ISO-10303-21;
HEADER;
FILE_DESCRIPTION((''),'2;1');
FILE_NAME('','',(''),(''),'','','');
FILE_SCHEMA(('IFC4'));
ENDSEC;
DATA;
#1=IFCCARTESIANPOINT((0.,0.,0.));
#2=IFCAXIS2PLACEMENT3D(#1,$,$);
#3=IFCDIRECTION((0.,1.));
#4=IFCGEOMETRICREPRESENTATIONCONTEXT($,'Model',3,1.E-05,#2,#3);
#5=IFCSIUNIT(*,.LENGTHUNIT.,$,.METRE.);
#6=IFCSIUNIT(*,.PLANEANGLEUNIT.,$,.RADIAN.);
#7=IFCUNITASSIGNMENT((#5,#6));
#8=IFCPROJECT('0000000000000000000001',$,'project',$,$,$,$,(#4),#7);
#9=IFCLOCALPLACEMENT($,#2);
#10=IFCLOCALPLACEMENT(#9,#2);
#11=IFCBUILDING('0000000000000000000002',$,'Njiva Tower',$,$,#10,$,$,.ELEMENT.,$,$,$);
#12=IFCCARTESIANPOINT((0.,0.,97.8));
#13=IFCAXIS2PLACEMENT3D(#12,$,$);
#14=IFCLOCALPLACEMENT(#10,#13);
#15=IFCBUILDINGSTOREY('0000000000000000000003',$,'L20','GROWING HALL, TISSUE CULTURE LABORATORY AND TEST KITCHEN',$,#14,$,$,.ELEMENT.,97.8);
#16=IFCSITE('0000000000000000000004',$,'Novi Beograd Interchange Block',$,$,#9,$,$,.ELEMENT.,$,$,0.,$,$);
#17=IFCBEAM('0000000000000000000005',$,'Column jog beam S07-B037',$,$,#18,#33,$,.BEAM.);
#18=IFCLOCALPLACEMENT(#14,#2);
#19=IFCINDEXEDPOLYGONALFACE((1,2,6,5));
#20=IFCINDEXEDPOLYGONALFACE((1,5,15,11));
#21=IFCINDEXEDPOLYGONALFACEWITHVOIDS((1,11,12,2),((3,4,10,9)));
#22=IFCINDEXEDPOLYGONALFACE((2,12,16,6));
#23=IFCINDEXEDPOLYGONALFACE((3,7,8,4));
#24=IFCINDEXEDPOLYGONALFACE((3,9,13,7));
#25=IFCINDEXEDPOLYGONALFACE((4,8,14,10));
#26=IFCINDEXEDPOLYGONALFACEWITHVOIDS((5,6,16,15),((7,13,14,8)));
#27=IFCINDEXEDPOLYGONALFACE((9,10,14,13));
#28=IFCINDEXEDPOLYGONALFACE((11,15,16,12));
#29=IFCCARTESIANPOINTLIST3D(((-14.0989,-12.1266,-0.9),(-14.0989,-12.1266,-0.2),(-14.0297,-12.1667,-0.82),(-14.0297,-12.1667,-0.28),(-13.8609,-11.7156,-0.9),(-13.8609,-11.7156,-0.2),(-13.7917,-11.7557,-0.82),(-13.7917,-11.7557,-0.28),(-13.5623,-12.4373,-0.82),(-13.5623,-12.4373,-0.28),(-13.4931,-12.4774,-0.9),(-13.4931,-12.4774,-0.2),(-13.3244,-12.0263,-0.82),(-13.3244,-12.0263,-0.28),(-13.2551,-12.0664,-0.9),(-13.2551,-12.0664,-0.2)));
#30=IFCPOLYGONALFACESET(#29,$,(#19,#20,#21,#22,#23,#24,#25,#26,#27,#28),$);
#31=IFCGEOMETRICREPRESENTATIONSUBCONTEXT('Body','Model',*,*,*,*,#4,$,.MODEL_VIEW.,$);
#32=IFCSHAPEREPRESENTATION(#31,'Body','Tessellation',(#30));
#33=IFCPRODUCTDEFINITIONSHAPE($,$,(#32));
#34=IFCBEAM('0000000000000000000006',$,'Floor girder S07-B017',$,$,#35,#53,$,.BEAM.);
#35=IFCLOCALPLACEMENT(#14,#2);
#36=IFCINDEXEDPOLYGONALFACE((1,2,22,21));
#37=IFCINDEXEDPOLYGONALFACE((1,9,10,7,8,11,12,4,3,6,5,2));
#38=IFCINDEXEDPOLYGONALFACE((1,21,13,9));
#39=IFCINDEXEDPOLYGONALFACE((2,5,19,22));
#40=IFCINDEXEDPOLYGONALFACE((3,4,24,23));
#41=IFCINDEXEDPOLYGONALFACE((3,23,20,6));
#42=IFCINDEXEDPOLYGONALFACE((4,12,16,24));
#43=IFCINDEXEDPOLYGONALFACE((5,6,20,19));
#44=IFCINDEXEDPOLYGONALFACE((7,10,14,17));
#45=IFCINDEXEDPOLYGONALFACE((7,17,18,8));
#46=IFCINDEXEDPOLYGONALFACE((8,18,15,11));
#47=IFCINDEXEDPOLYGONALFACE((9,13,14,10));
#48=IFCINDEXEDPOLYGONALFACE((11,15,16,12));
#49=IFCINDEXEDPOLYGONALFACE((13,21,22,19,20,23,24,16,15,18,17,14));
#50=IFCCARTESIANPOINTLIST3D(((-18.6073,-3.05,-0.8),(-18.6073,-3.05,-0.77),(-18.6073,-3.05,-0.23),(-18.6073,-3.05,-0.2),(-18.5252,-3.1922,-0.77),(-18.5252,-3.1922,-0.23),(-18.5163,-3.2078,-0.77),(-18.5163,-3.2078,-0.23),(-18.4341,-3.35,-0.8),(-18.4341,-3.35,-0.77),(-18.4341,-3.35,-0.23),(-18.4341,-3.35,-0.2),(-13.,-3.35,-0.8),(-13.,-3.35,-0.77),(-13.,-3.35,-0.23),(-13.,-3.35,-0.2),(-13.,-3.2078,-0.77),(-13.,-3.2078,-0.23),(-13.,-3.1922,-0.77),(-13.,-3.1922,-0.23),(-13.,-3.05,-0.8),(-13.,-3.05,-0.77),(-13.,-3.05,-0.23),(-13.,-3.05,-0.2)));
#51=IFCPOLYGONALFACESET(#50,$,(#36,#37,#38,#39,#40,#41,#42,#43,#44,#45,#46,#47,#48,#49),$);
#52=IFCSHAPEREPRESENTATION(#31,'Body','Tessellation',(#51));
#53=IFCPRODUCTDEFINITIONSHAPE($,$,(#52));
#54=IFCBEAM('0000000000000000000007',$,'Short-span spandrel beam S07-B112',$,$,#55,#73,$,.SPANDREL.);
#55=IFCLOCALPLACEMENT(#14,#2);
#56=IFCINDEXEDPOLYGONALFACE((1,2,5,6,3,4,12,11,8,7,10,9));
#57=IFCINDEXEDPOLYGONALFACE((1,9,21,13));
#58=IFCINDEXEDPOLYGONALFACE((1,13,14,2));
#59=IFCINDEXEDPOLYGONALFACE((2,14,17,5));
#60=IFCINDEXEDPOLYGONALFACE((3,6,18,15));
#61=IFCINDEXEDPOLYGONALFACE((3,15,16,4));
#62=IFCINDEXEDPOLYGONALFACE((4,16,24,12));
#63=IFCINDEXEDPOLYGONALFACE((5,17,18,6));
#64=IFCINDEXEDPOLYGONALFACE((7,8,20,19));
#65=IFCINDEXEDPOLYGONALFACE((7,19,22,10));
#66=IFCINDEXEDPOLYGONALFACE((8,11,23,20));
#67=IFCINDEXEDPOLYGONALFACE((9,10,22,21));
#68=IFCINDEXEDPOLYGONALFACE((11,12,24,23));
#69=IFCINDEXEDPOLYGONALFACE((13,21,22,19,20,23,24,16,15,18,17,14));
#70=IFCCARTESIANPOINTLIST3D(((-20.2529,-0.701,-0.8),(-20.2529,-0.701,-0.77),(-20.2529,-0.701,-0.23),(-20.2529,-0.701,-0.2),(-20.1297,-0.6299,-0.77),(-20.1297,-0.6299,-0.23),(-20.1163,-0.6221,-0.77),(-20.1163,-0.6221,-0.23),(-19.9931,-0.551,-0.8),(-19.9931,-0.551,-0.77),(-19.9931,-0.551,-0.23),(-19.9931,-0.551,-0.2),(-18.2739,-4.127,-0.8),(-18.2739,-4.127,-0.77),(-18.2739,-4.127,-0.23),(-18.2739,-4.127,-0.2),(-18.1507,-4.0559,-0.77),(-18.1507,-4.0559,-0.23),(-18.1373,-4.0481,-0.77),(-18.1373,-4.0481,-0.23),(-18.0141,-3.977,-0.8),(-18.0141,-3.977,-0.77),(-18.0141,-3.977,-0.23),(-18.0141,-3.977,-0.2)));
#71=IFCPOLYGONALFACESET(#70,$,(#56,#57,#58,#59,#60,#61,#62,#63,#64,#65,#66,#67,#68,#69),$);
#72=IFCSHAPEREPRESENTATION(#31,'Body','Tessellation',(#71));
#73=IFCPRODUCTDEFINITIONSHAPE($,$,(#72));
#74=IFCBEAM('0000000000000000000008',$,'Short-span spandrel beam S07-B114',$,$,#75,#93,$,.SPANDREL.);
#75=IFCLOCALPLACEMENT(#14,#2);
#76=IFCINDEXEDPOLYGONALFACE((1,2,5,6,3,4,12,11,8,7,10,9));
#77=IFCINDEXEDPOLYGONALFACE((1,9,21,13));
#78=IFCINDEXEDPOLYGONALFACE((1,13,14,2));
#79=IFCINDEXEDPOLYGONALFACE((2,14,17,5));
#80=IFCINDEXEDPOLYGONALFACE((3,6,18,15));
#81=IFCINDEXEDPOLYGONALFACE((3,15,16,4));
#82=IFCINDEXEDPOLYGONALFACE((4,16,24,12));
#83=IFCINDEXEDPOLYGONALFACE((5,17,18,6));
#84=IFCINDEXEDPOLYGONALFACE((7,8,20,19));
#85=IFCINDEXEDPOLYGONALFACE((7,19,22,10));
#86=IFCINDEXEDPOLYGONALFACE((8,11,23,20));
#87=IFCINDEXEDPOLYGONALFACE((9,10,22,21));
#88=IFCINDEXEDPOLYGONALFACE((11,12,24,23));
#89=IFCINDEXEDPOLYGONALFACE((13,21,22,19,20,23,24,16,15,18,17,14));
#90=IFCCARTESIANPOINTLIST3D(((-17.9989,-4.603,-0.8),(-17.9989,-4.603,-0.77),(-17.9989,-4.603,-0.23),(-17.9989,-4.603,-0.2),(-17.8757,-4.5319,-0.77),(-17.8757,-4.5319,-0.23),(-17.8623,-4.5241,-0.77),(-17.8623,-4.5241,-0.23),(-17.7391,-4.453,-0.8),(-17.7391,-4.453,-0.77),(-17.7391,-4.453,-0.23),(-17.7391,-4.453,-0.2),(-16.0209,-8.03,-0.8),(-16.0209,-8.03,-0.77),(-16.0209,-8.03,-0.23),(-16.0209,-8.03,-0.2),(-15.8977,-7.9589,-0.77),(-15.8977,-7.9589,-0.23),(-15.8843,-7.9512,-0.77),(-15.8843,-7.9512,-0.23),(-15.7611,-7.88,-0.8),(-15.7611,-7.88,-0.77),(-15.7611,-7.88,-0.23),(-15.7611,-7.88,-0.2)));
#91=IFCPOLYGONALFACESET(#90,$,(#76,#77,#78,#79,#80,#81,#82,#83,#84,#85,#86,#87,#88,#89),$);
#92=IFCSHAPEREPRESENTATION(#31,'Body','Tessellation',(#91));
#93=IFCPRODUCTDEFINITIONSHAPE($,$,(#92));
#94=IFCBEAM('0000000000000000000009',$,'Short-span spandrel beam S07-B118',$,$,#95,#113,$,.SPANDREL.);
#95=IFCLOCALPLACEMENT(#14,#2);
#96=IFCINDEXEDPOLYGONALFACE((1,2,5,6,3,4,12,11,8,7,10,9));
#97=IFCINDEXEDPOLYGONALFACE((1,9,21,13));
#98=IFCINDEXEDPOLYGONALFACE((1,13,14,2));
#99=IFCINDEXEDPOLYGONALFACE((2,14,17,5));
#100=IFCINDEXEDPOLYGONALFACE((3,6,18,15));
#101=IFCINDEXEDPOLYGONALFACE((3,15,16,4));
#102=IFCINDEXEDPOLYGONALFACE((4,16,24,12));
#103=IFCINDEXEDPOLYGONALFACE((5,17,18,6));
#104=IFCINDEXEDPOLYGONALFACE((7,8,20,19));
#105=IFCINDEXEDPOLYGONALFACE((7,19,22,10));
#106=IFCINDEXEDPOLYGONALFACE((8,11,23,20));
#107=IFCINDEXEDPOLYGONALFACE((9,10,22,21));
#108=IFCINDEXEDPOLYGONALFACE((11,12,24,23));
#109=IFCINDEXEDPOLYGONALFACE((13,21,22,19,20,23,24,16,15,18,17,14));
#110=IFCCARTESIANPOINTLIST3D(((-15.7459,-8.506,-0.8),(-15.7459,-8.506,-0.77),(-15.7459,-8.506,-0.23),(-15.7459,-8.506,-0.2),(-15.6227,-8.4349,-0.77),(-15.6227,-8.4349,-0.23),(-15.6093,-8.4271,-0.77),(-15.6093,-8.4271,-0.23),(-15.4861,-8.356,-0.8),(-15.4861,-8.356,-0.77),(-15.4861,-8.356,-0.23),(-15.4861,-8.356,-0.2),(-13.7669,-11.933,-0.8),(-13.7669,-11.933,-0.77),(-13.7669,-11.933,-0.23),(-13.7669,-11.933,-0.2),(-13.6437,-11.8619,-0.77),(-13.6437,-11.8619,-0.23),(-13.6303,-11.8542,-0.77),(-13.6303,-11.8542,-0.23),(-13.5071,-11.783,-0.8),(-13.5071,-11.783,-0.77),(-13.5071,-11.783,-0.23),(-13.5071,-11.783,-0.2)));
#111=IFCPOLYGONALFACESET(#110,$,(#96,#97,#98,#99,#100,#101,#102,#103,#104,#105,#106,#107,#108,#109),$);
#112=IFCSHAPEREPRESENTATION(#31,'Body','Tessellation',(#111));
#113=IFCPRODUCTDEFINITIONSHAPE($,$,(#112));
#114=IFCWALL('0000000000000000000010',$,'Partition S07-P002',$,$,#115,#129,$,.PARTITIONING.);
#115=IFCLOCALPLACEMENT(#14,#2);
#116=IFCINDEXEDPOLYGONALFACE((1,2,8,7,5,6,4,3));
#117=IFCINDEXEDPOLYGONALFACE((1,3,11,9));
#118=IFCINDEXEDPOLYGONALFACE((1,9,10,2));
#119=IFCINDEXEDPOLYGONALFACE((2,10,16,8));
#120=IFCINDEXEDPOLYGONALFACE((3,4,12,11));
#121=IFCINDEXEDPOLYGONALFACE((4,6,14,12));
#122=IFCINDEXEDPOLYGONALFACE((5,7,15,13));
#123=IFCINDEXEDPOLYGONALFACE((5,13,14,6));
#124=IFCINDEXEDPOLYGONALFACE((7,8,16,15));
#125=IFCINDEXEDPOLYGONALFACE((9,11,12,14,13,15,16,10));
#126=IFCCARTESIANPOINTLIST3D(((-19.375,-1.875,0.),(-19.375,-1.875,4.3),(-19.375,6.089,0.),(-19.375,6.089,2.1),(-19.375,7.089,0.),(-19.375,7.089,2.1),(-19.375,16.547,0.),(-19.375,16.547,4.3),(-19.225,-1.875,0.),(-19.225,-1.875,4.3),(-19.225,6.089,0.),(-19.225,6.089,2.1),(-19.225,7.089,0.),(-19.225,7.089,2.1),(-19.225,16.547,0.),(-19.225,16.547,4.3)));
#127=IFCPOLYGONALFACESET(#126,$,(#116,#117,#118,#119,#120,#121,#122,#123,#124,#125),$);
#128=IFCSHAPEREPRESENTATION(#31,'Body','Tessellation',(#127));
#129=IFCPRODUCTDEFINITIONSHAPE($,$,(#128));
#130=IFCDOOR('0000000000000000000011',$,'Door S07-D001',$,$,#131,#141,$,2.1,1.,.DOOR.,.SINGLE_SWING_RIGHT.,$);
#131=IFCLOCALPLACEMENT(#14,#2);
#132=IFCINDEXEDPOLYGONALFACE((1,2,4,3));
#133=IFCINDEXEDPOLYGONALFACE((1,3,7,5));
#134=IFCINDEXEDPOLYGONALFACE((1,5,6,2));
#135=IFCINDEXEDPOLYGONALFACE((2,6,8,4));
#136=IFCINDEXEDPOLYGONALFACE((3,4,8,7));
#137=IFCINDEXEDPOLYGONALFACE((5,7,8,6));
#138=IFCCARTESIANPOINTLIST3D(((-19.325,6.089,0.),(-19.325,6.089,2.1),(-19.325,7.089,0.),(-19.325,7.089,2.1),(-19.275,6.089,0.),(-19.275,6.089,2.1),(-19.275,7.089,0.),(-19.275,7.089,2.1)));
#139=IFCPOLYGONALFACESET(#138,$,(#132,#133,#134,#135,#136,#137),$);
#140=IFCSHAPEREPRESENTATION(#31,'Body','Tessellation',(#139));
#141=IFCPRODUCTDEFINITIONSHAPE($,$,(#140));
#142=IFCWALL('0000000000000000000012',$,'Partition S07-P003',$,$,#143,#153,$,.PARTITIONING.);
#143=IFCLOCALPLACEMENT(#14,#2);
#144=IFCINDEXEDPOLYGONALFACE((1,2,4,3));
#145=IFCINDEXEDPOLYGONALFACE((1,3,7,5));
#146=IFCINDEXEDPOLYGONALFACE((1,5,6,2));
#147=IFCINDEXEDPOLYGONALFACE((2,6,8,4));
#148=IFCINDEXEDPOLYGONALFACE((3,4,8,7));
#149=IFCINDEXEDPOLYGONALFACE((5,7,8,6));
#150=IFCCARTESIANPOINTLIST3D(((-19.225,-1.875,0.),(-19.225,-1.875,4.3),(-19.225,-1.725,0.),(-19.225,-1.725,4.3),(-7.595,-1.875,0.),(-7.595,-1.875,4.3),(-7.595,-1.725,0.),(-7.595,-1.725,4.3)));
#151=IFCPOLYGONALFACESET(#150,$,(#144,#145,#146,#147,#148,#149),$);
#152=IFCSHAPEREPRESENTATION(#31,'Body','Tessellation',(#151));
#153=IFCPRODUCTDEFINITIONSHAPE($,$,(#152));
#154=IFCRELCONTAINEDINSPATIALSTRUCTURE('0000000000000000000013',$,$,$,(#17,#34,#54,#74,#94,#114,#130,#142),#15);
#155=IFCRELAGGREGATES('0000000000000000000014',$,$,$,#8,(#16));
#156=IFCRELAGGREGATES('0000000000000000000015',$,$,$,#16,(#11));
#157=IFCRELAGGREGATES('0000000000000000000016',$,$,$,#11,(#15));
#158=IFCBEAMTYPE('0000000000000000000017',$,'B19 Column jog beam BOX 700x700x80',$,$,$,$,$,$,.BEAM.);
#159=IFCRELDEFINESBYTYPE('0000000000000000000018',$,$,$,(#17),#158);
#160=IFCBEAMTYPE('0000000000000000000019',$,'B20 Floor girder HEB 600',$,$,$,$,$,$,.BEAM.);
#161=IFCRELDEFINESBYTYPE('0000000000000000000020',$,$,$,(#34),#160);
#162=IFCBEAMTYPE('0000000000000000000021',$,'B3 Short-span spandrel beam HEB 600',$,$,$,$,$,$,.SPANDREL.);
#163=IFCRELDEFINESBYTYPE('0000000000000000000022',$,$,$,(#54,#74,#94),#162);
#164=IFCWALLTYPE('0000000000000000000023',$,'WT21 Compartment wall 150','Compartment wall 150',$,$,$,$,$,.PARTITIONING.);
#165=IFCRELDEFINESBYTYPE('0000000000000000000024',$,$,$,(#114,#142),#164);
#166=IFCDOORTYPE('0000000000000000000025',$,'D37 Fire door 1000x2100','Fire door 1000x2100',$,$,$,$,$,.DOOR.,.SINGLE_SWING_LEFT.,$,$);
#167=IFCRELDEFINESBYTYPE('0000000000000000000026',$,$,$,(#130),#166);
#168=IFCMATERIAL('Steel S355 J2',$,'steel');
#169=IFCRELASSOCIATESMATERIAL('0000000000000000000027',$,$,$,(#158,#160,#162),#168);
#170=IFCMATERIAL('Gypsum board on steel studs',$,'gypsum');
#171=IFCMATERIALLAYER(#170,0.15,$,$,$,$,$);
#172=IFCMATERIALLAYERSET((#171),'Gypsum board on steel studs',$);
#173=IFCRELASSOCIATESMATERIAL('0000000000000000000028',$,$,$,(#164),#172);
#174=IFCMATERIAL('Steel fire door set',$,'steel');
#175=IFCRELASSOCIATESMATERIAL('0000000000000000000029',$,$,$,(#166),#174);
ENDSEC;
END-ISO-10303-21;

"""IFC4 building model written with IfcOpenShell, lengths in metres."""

from ifc_helpers import new_model, si_unit, direction, frame, frame_2d, origin, origin_2d, place, context, subcontext, project, spatial, rectangle, hollow_rectangle, i_section, extrude, clip, halfspace, material, layer, layer_set, material_profile, profile_set, type_object, element, fill, save


model = new_model("IFC4")

# Units and contexts
model_context = context("Model", 3, precision=1e-05, world=origin(), true_north=direction((0.0, 1.0)))
body_context = subcontext(model_context, "Body", "Model", "MODEL_VIEW")
ifc_project = project(units=[si_unit("LENGTHUNIT", "METRE"), si_unit("PLANEANGLEUNIT", "RADIAN")], contexts=[model_context])

# Site, building, storey
site_placement = place(None, origin())
site = spatial("IfcSite", under=ifc_project, at=site_placement, Name="Novi Beograd Interchange Block", CompositionType="ELEMENT", RefElevation=0.0)
building_placement = place(site_placement, origin())
building = spatial("IfcBuilding", under=site, at=building_placement, Name="Njiva Tower", CompositionType="ELEMENT")
storey_placement = place(building_placement, frame((0.0, 0.0, 97.8)))
storey = spatial("IfcBuildingStorey", under=building, at=storey_placement, Name="L20", Description="GROWING HALL, TISSUE CULTURE LABORATORY AND TEST KITCHEN", CompositionType="ELEMENT", Elevation=97.8)

# Shared definitions
ifc_material_1 = material(Name="Steel S355 J2", Category="steel")

# Beams
ifc_material_profile_1 = material_profile(ifc_material_1, hollow_rectangle(XDim=0.7, YDim=0.7, WallThickness=0.08, at=origin_2d()), Name="BOX 700x700x80")
ifc_profile_set_1 = profile_set([ifc_material_profile_1], Name="Steel S355 J2")
beam_type_1 = type_object("IfcBeamType", Name="B19 Column jog beam BOX 700x700x80", PredefinedType="BEAM", material=ifc_profile_set_1)
beam_1_placement = place(storey_placement, frame((-13.796, -12.302, -0.55), z_axis=(0.501119, 0.865378, 0.0), x_axis=(-0.865378, 0.501119, 0.0)))
element("IfcBeam", 1, at=beam_1_placement, inside=storey, type_object=beam_type_1, Name="Column jog beam S07-B037", PredefinedType="BEAM", context=body_context, shape_type="SweptSolid", body=[
    extrude(hollow_rectangle(XDim=0.7, YDim=0.7, WallThickness=0.08, at=origin_2d()), origin(), (0.0, 0.0, 1.0), 0.4749),
])
ifc_material_profile_2 = material_profile(ifc_material_1, i_section(OverallWidth=0.3, OverallDepth=0.6, WebThickness=0.0155, FlangeThickness=0.03, at=origin_2d()), Name="HEB 600")
ifc_profile_set_2 = profile_set([ifc_material_profile_2], Name="Steel S355 J2")
beam_type_2 = type_object("IfcBeamType", Name="B20 Floor girder HEB 600", PredefinedType="BEAM", material=ifc_profile_set_2)
beam_2_placement = place(storey_placement, frame((-18.628, -3.2, -0.5), z_axis=(1.0, 0.0, 0.0), x_axis=(0.0, 1.0, 0.0)))
element("IfcBeam", 2, at=beam_2_placement, inside=storey, type_object=beam_type_2, Name="Floor girder S07-B017", PredefinedType="BEAM", context=body_context, shape_type="Clipping", body=[
    clip(extrude(i_section(OverallWidth=0.3, OverallDepth=0.6, WebThickness=0.0155, FlangeThickness=0.03, at=origin_2d()), origin(), (0.0, 0.0, 1.0), 5.628), halfspace(frame((-0.025, 0.0, 0.1217), z_axis=(-0.499998, 0.0, -0.866027), x_axis=(0.0, -1.0, 0.0)), False)),
])
ifc_material_profile_3 = material_profile(ifc_material_1, i_section(OverallWidth=0.3, OverallDepth=0.6, WebThickness=0.0155, FlangeThickness=0.03, at=origin_2d()), Name="HEB 600")
ifc_profile_set_3 = profile_set([ifc_material_profile_3], Name="Steel S355 J2")
beam_type_3 = type_object("IfcBeamType", Name="B3 Short-span spandrel beam HEB 600", PredefinedType="SPANDREL", material=ifc_profile_set_3)
beam_3_placement = place(storey_placement, frame((-20.123, -0.626, -0.5), z_axis=(0.500189, -0.865916, 0.0), x_axis=(0.865916, 0.500189, 0.0)))
element("IfcBeam", 3, at=beam_3_placement, inside=storey, type_object=beam_type_3, Name="Short-span spandrel beam S07-B112", PredefinedType="SPANDREL", context=body_context, shape_type="SweptSolid", body=[
    extrude(i_section(OverallWidth=0.3, OverallDepth=0.6, WebThickness=0.0155, FlangeThickness=0.03, at=origin_2d()), origin(), (0.0, 0.0, 1.0), 3.9565),
])
beam_4_placement = place(storey_placement, frame((-17.869, -4.528, -0.5), z_axis=(0.49989, -0.866089, 0.0), x_axis=(0.866089, 0.49989, 0.0)))
element("IfcBeam", 4, at=beam_4_placement, inside=storey, type_object=beam_type_3, Name="Short-span spandrel beam S07-B114", PredefinedType="SPANDREL", context=body_context, shape_type="SweptSolid", body=[
    extrude(i_section(OverallWidth=0.3, OverallDepth=0.6, WebThickness=0.0155, FlangeThickness=0.03, at=origin_2d()), origin(), (0.0, 0.0, 1.0), 3.9569),
])
beam_5_placement = place(storey_placement, frame((-15.616, -8.431, -0.5), z_axis=(0.50008, -0.865979, 0.0), x_axis=(0.865979, 0.50008, 0.0)))
element("IfcBeam", 5, at=beam_5_placement, inside=storey, type_object=beam_type_3, Name="Short-span spandrel beam S07-B118", PredefinedType="SPANDREL", context=body_context, shape_type="SweptSolid", body=[
    extrude(i_section(OverallWidth=0.3, OverallDepth=0.6, WebThickness=0.0155, FlangeThickness=0.03, at=origin_2d()), origin(), (0.0, 0.0, 1.0), 3.9574),
])

# Wall, opening, door
ifc_material_2 = material(Name="Gypsum board on steel studs", Category="gypsum")
ifc_layer = layer(ifc_material_2, 0.15)
ifc_layer_set = layer_set([ifc_layer], Name="Gypsum board on steel studs")
wall_type = type_object("IfcWallType", Name="WT21 Compartment wall 150", Description="Compartment wall 150", PredefinedType="PARTITIONING", material=ifc_layer_set)
wall_1_placement = place(storey_placement, frame((-19.3, -1.875, 0.0), z_axis=(0.0, 0.0, 1.0), x_axis=(0.0, 1.0, 0.0)))
wall_1 = element("IfcWall", 6, at=wall_1_placement, inside=storey, type_object=wall_type, Name="Partition S07-P002", PredefinedType="PARTITIONING", context=body_context, shape_type="SweptSolid", body=[
    extrude(rectangle(XDim=18.422, YDim=0.15, at=frame_2d((9.211, 0.0))), origin(), (0.0, 0.0, 1.0), 4.3),
])
opening_1_placement = place(wall_1_placement, frame((7.964, 0.0, 0.0)))
opening_1 = element("IfcOpeningElement", 7, at=opening_1_placement, cuts=wall_1, PredefinedType="OPENING", context=body_context, shape_type="SweptSolid", body=[
    extrude(rectangle(XDim=1.0, YDim=2.1, at=frame_2d((0.5, 1.05))), frame((0.0, 0.085, 0.0), z_axis=(0.0, -1.0, 0.0), x_axis=(1.0, 0.0, 0.0)), (0.0, 0.0, 1.0), 0.17),
])
ifc_material_3 = material(Name="Steel fire door set", Category="steel")
door_type = type_object("IfcDoorType", Name="D37 Fire door 1000x2100", Description="Fire door 1000x2100", OperationType="SINGLE_SWING_LEFT", PredefinedType="DOOR", material=ifc_material_3)
door_1_placement = place(opening_1_placement, origin())
door_1 = element("IfcDoor", 8, at=door_1_placement, inside=storey, type_object=door_type, Name="Door S07-D001", OperationType="SINGLE_SWING_RIGHT", OverallHeight=2.1, OverallWidth=1.0, PredefinedType="DOOR", context=body_context, shape_type="SweptSolid", body=[
    extrude(rectangle(XDim=1.0, YDim=2.1, at=frame_2d((0.5, 1.05))), frame((0.0, 0.025, 0.0), z_axis=(0.0, -1.0, 0.0), x_axis=(1.0, 0.0, 0.0)), (0.0, 0.0, 1.0), 0.05),
])
fill(opening_1, door_1)

# Wall
wall_2_placement = place(storey_placement, frame((-19.225, -1.8, 0.0), z_axis=(0.0, 0.0, 1.0), x_axis=(1.0, 0.0, 0.0)))
element("IfcWall", 9, at=wall_2_placement, inside=storey, type_object=wall_type, Name="Partition S07-P003", PredefinedType="PARTITIONING", context=body_context, shape_type="SweptSolid", body=[
    extrude(rectangle(XDim=11.63, YDim=0.15, at=frame_2d((5.815, 0.0))), origin(), (0.0, 0.0, 1.0), 4.3),
])

save(model, "model.ifc")
